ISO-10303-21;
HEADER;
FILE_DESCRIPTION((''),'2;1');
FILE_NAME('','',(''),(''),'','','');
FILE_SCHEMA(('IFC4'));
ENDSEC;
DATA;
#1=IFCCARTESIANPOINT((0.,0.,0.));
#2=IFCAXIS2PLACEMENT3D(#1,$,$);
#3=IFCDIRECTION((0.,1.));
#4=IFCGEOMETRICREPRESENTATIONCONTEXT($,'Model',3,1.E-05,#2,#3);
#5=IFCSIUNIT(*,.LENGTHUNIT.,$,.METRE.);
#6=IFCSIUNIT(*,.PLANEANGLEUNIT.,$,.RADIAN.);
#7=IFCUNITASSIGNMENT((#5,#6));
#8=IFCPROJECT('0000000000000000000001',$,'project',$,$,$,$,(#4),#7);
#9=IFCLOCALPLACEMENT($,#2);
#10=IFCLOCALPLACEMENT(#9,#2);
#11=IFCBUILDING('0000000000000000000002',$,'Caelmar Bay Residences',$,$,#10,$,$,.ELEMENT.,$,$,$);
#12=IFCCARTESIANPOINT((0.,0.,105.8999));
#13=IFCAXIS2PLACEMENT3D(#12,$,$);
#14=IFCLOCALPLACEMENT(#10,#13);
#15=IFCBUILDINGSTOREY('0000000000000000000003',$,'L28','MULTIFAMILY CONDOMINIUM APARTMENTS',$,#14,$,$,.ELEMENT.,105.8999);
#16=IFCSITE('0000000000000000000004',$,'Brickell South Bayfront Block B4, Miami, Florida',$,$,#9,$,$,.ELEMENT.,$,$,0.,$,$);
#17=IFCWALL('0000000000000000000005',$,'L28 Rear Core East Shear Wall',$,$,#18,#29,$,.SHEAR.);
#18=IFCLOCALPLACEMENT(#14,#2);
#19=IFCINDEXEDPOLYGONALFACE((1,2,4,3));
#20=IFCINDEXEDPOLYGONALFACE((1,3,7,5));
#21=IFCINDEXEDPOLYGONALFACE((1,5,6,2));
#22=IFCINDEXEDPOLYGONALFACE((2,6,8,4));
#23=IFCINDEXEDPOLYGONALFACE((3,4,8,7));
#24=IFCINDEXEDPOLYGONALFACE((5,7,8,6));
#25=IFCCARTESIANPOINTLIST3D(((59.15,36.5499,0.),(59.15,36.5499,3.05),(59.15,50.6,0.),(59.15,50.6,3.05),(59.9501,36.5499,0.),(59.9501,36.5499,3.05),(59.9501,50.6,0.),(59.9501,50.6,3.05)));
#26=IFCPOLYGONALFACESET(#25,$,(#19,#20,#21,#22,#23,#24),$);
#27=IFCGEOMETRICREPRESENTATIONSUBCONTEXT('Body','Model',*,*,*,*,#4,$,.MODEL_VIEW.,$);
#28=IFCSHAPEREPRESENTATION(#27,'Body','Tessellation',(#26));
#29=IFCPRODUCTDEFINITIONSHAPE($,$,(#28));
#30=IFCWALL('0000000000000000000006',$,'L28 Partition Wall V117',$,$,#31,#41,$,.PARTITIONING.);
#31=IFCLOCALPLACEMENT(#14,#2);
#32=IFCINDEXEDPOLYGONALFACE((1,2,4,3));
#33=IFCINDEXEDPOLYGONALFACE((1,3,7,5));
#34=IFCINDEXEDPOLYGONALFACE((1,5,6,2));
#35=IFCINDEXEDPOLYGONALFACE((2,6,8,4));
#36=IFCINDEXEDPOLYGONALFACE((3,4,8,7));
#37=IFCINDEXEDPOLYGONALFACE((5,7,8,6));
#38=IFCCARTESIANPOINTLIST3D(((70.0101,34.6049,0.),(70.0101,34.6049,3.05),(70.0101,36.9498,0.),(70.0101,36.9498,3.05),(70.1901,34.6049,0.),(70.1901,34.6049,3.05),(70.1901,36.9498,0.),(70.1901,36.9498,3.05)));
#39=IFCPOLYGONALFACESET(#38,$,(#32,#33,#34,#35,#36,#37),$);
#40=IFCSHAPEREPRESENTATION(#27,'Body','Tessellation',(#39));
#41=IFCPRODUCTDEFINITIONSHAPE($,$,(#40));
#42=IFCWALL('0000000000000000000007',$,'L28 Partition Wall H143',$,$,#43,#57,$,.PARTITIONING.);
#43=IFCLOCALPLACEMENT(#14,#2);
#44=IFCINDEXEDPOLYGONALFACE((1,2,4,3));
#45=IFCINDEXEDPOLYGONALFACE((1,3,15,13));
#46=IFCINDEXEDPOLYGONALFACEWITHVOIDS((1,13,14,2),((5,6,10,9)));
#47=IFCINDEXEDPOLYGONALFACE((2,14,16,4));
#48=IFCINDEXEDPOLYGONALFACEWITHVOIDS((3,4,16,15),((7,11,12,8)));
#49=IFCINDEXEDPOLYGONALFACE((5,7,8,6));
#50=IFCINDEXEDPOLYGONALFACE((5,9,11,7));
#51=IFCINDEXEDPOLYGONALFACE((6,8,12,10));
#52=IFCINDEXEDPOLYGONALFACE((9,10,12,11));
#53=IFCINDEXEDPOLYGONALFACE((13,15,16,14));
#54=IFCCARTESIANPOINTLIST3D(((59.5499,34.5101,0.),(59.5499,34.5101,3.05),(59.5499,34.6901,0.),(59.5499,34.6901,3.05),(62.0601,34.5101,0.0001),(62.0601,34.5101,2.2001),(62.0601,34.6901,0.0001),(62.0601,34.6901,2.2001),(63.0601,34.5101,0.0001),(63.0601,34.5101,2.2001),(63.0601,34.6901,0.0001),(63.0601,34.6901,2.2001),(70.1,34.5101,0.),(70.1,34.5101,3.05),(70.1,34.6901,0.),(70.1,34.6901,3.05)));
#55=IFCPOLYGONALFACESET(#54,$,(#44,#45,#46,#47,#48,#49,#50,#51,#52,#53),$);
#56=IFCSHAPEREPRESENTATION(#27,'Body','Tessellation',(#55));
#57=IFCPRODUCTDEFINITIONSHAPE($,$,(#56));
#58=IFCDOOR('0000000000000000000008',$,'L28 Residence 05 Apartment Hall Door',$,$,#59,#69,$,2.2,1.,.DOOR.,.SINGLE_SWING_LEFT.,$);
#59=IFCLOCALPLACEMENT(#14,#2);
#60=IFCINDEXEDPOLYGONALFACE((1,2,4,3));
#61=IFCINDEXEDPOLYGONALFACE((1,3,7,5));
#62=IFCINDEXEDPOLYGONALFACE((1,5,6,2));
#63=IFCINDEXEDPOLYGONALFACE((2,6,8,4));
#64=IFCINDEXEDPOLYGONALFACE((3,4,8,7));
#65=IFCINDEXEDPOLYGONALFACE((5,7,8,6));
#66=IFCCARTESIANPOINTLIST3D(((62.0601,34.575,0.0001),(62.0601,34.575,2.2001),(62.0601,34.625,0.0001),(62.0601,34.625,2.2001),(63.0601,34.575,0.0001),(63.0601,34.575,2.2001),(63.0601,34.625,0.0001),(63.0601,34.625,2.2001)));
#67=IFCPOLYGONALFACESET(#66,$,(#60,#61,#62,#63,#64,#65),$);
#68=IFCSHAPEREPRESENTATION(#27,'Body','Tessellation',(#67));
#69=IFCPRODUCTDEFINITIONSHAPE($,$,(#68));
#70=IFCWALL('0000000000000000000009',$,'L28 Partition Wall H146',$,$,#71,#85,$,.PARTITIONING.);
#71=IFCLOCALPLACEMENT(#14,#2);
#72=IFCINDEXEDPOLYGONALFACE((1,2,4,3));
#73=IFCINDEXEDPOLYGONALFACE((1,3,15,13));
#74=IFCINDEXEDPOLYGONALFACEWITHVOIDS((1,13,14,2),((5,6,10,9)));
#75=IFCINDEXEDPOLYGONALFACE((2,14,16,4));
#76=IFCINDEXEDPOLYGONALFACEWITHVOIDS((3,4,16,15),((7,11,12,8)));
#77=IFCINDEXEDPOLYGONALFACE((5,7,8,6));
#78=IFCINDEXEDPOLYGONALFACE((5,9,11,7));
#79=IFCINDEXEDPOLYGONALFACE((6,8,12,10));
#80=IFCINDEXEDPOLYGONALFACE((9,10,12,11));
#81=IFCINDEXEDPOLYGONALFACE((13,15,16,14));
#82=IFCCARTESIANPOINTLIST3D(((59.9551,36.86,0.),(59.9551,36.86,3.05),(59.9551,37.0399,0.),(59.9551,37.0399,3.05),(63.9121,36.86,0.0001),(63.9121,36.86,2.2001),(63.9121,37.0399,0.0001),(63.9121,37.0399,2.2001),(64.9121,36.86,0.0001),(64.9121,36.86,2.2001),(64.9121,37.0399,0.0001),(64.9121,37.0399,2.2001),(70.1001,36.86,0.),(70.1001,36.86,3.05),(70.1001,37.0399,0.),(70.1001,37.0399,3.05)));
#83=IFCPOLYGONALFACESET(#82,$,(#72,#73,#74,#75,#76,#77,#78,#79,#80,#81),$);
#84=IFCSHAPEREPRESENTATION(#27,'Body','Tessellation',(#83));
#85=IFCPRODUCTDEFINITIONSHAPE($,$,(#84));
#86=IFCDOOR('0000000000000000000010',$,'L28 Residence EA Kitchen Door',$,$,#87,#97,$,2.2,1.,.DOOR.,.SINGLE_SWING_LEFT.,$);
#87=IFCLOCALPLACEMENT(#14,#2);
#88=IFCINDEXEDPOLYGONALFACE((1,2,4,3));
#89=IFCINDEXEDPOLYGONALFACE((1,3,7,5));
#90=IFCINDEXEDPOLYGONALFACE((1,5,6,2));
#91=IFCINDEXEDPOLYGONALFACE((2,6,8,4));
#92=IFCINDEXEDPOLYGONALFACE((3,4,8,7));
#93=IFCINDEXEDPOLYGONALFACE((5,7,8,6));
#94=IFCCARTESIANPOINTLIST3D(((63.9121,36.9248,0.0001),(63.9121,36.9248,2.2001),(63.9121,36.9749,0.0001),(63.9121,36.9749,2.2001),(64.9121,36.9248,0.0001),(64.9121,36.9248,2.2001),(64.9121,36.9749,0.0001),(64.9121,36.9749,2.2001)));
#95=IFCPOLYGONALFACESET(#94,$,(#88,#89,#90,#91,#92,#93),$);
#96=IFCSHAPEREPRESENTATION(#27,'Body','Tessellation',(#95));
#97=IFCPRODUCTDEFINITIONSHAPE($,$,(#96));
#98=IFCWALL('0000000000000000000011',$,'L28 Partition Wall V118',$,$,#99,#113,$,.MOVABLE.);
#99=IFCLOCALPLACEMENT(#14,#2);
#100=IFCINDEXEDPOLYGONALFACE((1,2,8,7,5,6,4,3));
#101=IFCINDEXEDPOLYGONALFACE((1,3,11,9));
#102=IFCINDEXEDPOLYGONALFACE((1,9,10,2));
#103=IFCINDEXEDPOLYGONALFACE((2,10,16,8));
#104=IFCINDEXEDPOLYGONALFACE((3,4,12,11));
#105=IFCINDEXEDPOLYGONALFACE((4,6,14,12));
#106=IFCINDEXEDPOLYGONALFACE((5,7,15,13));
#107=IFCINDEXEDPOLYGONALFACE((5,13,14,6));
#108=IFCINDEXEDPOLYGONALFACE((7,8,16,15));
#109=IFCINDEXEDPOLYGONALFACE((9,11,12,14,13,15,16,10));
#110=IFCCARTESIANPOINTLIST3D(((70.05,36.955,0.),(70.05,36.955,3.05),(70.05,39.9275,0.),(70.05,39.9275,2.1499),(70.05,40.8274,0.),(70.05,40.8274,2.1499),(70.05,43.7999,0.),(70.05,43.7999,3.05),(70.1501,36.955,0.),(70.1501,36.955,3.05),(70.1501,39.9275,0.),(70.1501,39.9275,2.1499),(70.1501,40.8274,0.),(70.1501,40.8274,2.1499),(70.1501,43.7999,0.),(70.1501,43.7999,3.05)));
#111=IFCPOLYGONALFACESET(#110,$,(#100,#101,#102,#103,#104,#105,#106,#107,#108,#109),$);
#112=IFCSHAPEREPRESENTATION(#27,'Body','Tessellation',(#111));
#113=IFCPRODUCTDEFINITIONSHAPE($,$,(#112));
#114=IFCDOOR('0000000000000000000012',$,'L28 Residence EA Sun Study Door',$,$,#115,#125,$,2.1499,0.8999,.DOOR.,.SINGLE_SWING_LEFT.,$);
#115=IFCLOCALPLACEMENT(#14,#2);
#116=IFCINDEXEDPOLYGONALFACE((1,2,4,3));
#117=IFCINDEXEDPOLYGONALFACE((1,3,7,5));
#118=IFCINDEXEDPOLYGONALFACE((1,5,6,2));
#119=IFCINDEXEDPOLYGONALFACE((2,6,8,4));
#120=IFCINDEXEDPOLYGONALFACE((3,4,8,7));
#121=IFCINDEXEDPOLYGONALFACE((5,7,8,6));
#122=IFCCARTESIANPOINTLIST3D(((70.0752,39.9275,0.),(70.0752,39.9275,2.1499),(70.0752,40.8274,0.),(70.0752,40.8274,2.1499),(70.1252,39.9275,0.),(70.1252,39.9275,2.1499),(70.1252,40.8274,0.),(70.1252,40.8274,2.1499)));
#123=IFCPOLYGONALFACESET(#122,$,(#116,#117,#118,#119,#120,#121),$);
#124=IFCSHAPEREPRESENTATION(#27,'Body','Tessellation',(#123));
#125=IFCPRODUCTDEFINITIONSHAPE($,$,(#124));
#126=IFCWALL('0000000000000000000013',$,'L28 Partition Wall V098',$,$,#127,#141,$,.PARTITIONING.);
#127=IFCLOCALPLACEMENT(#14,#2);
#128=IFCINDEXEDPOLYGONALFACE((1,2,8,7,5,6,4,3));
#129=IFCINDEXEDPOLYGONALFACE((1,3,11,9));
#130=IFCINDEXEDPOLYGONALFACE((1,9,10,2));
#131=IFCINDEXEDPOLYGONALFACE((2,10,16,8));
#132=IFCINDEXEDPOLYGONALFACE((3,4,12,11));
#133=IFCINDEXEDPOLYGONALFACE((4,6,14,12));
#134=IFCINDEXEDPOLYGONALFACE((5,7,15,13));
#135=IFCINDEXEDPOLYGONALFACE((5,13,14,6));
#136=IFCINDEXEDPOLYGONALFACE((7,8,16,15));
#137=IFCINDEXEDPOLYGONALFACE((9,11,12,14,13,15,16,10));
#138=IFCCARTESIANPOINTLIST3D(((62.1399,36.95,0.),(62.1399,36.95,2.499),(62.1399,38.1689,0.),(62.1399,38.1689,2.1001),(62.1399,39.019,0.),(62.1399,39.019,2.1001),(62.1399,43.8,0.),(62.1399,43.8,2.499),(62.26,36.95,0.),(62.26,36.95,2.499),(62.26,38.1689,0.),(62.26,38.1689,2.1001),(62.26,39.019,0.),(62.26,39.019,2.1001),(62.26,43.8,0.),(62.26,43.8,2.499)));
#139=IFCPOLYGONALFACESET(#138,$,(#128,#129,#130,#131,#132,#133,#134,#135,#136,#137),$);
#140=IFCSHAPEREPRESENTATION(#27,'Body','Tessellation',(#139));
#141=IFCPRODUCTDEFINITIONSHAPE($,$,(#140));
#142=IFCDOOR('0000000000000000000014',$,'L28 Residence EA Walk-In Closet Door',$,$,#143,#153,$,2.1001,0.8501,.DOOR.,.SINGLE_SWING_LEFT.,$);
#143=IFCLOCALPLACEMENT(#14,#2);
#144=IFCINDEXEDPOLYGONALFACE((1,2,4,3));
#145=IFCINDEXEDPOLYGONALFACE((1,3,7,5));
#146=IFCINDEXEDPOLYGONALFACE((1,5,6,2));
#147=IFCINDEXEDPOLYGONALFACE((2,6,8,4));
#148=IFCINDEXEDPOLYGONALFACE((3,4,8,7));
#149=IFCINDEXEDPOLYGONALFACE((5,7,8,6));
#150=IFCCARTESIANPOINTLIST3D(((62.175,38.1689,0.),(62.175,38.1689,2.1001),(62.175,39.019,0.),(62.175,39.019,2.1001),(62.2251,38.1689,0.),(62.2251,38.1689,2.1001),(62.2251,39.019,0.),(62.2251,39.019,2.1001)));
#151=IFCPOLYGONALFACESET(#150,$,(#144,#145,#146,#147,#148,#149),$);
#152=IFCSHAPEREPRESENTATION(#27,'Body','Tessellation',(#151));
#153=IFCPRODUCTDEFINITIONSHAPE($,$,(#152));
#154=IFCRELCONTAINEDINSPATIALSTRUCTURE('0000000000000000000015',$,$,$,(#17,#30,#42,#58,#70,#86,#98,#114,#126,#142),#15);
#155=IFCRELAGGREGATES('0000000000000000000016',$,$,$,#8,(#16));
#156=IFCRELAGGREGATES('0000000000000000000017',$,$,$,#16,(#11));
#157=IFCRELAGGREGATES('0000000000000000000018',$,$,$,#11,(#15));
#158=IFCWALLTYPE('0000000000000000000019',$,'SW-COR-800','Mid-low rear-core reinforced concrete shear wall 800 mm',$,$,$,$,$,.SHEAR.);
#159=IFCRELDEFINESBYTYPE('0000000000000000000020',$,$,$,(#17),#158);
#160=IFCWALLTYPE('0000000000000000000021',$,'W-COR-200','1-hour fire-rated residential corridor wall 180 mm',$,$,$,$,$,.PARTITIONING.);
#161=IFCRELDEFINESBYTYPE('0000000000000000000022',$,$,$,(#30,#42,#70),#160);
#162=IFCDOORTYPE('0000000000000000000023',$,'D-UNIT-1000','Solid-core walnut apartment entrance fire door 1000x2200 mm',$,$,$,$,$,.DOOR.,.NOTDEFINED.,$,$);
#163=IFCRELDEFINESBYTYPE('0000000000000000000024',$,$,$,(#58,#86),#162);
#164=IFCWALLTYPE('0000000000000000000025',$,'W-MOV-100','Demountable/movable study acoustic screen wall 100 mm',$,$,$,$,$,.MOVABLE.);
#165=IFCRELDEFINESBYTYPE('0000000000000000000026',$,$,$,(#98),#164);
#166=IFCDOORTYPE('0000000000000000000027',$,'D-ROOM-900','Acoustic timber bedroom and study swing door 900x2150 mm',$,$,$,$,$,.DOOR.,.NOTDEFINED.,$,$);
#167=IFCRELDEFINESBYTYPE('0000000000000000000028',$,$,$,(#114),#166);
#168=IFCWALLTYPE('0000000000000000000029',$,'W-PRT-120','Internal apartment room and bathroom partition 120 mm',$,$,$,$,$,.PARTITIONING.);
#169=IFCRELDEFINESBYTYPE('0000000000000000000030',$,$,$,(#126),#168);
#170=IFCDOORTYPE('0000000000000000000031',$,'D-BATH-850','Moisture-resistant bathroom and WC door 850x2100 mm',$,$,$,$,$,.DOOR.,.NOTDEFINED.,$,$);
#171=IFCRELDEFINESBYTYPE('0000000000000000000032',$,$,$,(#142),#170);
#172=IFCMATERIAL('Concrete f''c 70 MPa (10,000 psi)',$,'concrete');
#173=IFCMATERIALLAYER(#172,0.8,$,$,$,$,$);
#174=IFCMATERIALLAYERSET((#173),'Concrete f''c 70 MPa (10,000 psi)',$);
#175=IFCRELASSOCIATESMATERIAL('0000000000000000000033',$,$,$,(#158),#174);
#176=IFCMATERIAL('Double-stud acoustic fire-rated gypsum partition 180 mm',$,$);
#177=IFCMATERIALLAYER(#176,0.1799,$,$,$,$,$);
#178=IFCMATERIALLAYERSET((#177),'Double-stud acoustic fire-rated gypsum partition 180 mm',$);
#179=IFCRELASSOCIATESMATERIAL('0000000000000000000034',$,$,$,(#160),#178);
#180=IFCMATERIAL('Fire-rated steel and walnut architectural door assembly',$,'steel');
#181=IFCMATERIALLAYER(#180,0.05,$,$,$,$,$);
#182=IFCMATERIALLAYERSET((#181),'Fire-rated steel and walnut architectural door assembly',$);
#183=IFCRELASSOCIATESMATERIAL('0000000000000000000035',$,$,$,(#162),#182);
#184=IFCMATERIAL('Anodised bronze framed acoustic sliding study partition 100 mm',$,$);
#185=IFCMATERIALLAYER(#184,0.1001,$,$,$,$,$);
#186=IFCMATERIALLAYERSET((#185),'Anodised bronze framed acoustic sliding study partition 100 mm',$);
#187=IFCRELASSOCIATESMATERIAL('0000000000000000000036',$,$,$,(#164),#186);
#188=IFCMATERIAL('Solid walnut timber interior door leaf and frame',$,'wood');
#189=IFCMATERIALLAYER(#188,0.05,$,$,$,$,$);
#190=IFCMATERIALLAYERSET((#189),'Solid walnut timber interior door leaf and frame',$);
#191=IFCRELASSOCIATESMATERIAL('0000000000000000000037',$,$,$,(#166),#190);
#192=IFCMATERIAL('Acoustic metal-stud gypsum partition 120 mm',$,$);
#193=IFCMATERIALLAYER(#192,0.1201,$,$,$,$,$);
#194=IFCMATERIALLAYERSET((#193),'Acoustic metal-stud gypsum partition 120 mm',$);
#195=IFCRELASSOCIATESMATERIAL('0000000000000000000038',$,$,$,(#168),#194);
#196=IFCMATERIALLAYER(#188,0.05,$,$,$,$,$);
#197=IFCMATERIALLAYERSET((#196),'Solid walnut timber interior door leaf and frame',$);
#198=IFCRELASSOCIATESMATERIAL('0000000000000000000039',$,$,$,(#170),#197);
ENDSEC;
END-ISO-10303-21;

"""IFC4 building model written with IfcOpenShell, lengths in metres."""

from ifc_helpers import new_model, si_unit, direction, frame, frame_2d, origin, place, context, subcontext, project, spatial, rectangle, extrude, material, layer, layer_set, type_object, element, fill, save


model = new_model("IFC4")

# Units and contexts
model_context = context("Model", 3, precision=1e-05, world=origin(), true_north=direction((0.0, 1.0)))
body_context = subcontext(model_context, "Body", "Model", "MODEL_VIEW")
ifc_project = project(units=[si_unit("LENGTHUNIT", "METRE"), si_unit("PLANEANGLEUNIT", "RADIAN")], contexts=[model_context])

# Site, building, storey
site_placement = place(None, origin())
site = spatial("IfcSite", under=ifc_project, at=site_placement, Name="Brickell South Bayfront Block B4, Miami, Florida", CompositionType="ELEMENT", RefElevation=0.0)
building_placement = place(site_placement, origin())
building = spatial("IfcBuilding", under=site, at=building_placement, Name="Caelmar Bay Residences", CompositionType="ELEMENT")
storey_placement = place(building_placement, frame((0.0, 0.0, 105.8999)))
storey = spatial("IfcBuildingStorey", under=building, at=storey_placement, Name="L28", Description="MULTIFAMILY CONDOMINIUM APARTMENTS", CompositionType="ELEMENT", Elevation=105.8999)

# Walls
ifc_material_1 = material(Name="Concrete f'c 70 MPa (10,000 psi)", Category="concrete")
ifc_layer_1 = layer(ifc_material_1, 0.8)
ifc_layer_set_1 = layer_set([ifc_layer_1], Name="Concrete f'c 70 MPa (10,000 psi)")
wall_type_1 = type_object("IfcWallType", Name="SW-COR-800", Description="Mid-low rear-core reinforced concrete shear wall 800 mm", PredefinedType="SHEAR", material=ifc_layer_set_1)
wall_1_placement = place(storey_placement, frame((59.55, 36.55, 0.0), z_axis=(0.0, 0.0, 1.0), x_axis=(0.0, 1.0, 0.0)))
element("IfcWall", 1, at=wall_1_placement, inside=storey, type_object=wall_type_1, Name="L28 Rear Core East Shear Wall", PredefinedType="SHEAR", context=body_context, shape_type="SweptSolid", body=[
    extrude(rectangle(XDim=14.05, YDim=0.8, at=frame_2d((7.0249, 0.0))), origin(), (0.0, 0.0, 1.0), 3.05),
])
ifc_material_2 = material(Name="Double-stud acoustic fire-rated gypsum partition 180 mm")
ifc_layer_2 = layer(ifc_material_2, 0.1799)
ifc_layer_set_2 = layer_set([ifc_layer_2], Name="Double-stud acoustic fire-rated gypsum partition 180 mm")
wall_type_2 = type_object("IfcWallType", Name="W-COR-200", Description="1-hour fire-rated residential corridor wall 180 mm", PredefinedType="PARTITIONING", material=ifc_layer_set_2)
wall_2_placement = place(storey_placement, frame((70.1001, 34.605, 0.0), z_axis=(0.0, 0.0, 1.0), x_axis=(0.0, 1.0, 0.0)))
element("IfcWall", 2, at=wall_2_placement, inside=storey, type_object=wall_type_2, Name="L28 Partition Wall V117", PredefinedType="PARTITIONING", context=body_context, shape_type="SweptSolid", body=[
    extrude(rectangle(XDim=2.345, YDim=0.1799, at=frame_2d((1.1724, 0.0))), origin(), (0.0, 0.0, 1.0), 3.05),
])

# Walls, openings, doors
wall_3_placement = place(storey_placement, frame((59.55, 34.6001, 0.0), z_axis=(0.0, 0.0, 1.0), x_axis=(1.0, 0.0, 0.0)))
wall_3 = element("IfcWall", 3, at=wall_3_placement, inside=storey, type_object=wall_type_2, Name="L28 Partition Wall H143", PredefinedType="PARTITIONING", context=body_context, shape_type="SweptSolid", body=[
    extrude(rectangle(XDim=10.55, YDim=0.1799, at=frame_2d((5.2749, 0.0))), origin(), (0.0, 0.0, 1.0), 3.05),
])
opening_1_placement = place(wall_3_placement, frame((2.51, 0.0, 0.0)))
opening_1 = element("IfcOpeningElement", 4, at=opening_1_placement, cuts=wall_3, PredefinedType="OPENING", context=body_context, shape_type="SweptSolid", body=[
    extrude(rectangle(XDim=1.0, YDim=2.2, at=frame_2d((0.5, 1.1001))), frame((0.0, 0.0999, 0.0), z_axis=(0.0, -1.0, 0.0), x_axis=(1.0, 0.0, 0.0)), (0.0, 0.0, 1.0), 0.2),
])
ifc_material_3 = material(Name="Fire-rated steel and walnut architectural door assembly", Category="steel")
ifc_layer_3 = layer(ifc_material_3, 0.05)
ifc_layer_set_3 = layer_set([ifc_layer_3], Name="Fire-rated steel and walnut architectural door assembly")
door_type_1 = type_object("IfcDoorType", Name="D-UNIT-1000", Description="Solid-core walnut apartment entrance fire door 1000x2200 mm", OperationType="NOTDEFINED", PredefinedType="DOOR", material=ifc_layer_set_3)
door_1_placement = place(opening_1_placement, origin())
door_1 = element("IfcDoor", 5, at=door_1_placement, inside=storey, type_object=door_type_1, Name="L28 Residence 05 Apartment Hall Door", OperationType="SINGLE_SWING_LEFT", OverallHeight=2.2, OverallWidth=1.0, PredefinedType="DOOR", context=body_context, shape_type="SweptSolid", body=[
    extrude(rectangle(XDim=1.0, YDim=2.2, at=frame_2d((0.5, 1.1001))), frame((0.0, 0.0249, 0.0), z_axis=(0.0, -1.0, 0.0), x_axis=(1.0, 0.0, 0.0)), (0.0, 0.0, 1.0), 0.05),
])
fill(opening_1, door_1)
wall_4_placement = place(storey_placement, frame((59.9551, 36.95, 0.0), z_axis=(0.0, 0.0, 1.0), x_axis=(1.0, 0.0, 0.0)))
wall_4 = element("IfcWall", 6, at=wall_4_placement, inside=storey, type_object=wall_type_2, Name="L28 Partition Wall H146", PredefinedType="PARTITIONING", context=body_context, shape_type="SweptSolid", body=[
    extrude(rectangle(XDim=10.145, YDim=0.1799, at=frame_2d((5.0725, 0.0))), origin(), (0.0, 0.0, 1.0), 3.05),
])
opening_2_placement = place(wall_4_placement, frame((3.957, 0.0, 0.0)))
opening_2 = element("IfcOpeningElement", 7, at=opening_2_placement, cuts=wall_4, PredefinedType="OPENING", context=body_context, shape_type="SweptSolid", body=[
    extrude(rectangle(XDim=1.0, YDim=2.2, at=frame_2d((0.5, 1.1001))), frame((0.0, 0.0999, 0.0), z_axis=(0.0, -1.0, 0.0), x_axis=(1.0, 0.0, 0.0)), (0.0, 0.0, 1.0), 0.2),
])
door_2_placement = place(opening_2_placement, origin())
door_2 = element("IfcDoor", 8, at=door_2_placement, inside=storey, type_object=door_type_1, Name="L28 Residence EA Kitchen Door", OperationType="SINGLE_SWING_LEFT", OverallHeight=2.2, OverallWidth=1.0, PredefinedType="DOOR", context=body_context, shape_type="SweptSolid", body=[
    extrude(rectangle(XDim=1.0, YDim=2.2, at=frame_2d((0.5, 1.1001))), frame((0.0, 0.0249, 0.0), z_axis=(0.0, -1.0, 0.0), x_axis=(1.0, 0.0, 0.0)), (0.0, 0.0, 1.0), 0.05),
])
fill(opening_2, door_2)
ifc_material_4 = material(Name="Anodised bronze framed acoustic sliding study partition 100 mm")
ifc_layer_4 = layer(ifc_material_4, 0.1001)
ifc_layer_set_4 = layer_set([ifc_layer_4], Name="Anodised bronze framed acoustic sliding study partition 100 mm")
wall_type_3 = type_object("IfcWallType", Name="W-MOV-100", Description="Demountable/movable study acoustic screen wall 100 mm", PredefinedType="MOVABLE", material=ifc_layer_set_4)
wall_5_placement = place(storey_placement, frame((70.1001, 36.9551, 0.0), z_axis=(0.0, 0.0, 1.0), x_axis=(0.0, 1.0, 0.0)))
wall_5 = element("IfcWall", 9, at=wall_5_placement, inside=storey, type_object=wall_type_3, Name="L28 Partition Wall V118", PredefinedType="MOVABLE", context=body_context, shape_type="SweptSolid", body=[
    extrude(rectangle(XDim=6.845, YDim=0.1001, at=frame_2d((3.4224, 0.0))), origin(), (0.0, 0.0, 1.0), 3.05),
])
opening_3_placement = place(wall_5_placement, frame((2.9724, 0.0, 0.0)))
opening_3 = element("IfcOpeningElement", 10, at=opening_3_placement, cuts=wall_5, PredefinedType="OPENING", context=body_context, shape_type="SweptSolid", body=[
    extrude(rectangle(XDim=0.8999, YDim=2.1499, at=frame_2d((0.45, 1.075))), frame((0.0, 0.0601, 0.0), z_axis=(0.0, -1.0, 0.0), x_axis=(1.0, 0.0, 0.0)), (0.0, 0.0, 1.0), 0.1201),
])
ifc_material_5 = material(Name="Solid walnut timber interior door leaf and frame", Category="wood")
ifc_layer_5 = layer(ifc_material_5, 0.05)
ifc_layer_set_5 = layer_set([ifc_layer_5], Name="Solid walnut timber interior door leaf and frame")
door_type_2 = type_object("IfcDoorType", Name="D-ROOM-900", Description="Acoustic timber bedroom and study swing door 900x2150 mm", OperationType="NOTDEFINED", PredefinedType="DOOR", material=ifc_layer_set_5)
door_3_placement = place(opening_3_placement, origin())
door_3 = element("IfcDoor", 11, at=door_3_placement, inside=storey, type_object=door_type_2, Name="L28 Residence EA Sun Study Door", OperationType="SINGLE_SWING_LEFT", OverallHeight=2.1499, OverallWidth=0.8999, PredefinedType="DOOR", context=body_context, shape_type="SweptSolid", body=[
    extrude(rectangle(XDim=0.8999, YDim=2.1499, at=frame_2d((0.45, 1.075))), frame((0.0, 0.0249, 0.0), z_axis=(0.0, -1.0, 0.0), x_axis=(1.0, 0.0, 0.0)), (0.0, 0.0, 1.0), 0.05),
])
fill(opening_3, door_3)
ifc_material_6 = material(Name="Acoustic metal-stud gypsum partition 120 mm")
ifc_layer_6 = layer(ifc_material_6, 0.1201)
ifc_layer_set_6 = layer_set([ifc_layer_6], Name="Acoustic metal-stud gypsum partition 120 mm")
wall_type_4 = type_object("IfcWallType", Name="W-PRT-120", Description="Internal apartment room and bathroom partition 120 mm", PredefinedType="PARTITIONING", material=ifc_layer_set_6)
wall_6_placement = place(storey_placement, frame((62.2, 36.95, 0.0), z_axis=(0.0, 0.0, 1.0), x_axis=(0.0, 1.0, 0.0)))
wall_6 = element("IfcWall", 12, at=wall_6_placement, inside=storey, type_object=wall_type_4, Name="L28 Partition Wall V098", PredefinedType="PARTITIONING", context=body_context, shape_type="SweptSolid", body=[
    extrude(rectangle(XDim=6.8501, YDim=0.1201, at=frame_2d((3.425, 0.0))), origin(), (0.0, 0.0, 1.0), 2.499),
])
opening_4_placement = place(wall_6_placement, frame((1.219, 0.0, 0.0)))
opening_4 = element("IfcOpeningElement", 13, at=opening_4_placement, cuts=wall_6, PredefinedType="OPENING", context=body_context, shape_type="SweptSolid", body=[
    extrude(rectangle(XDim=0.8501, YDim=2.1001, at=frame_2d((0.425, 1.05))), frame((0.0, 0.0701, 0.0), z_axis=(0.0, -1.0, 0.0), x_axis=(1.0, 0.0, 0.0)), (0.0, 0.0, 1.0), 0.1401),
])
ifc_layer_7 = layer(ifc_material_5, 0.05)
ifc_layer_set_7 = layer_set([ifc_layer_7], Name="Solid walnut timber interior door leaf and frame")
door_type_3 = type_object("IfcDoorType", Name="D-BATH-850", Description="Moisture-resistant bathroom and WC door 850x2100 mm", OperationType="NOTDEFINED", PredefinedType="DOOR", material=ifc_layer_set_7)
door_4_placement = place(opening_4_placement, origin())
door_4 = element("IfcDoor", 14, at=door_4_placement, inside=storey, type_object=door_type_3, Name="L28 Residence EA Walk-In Closet Door", OperationType="SINGLE_SWING_LEFT", OverallHeight=2.1001, OverallWidth=0.8501, PredefinedType="DOOR", context=body_context, shape_type="SweptSolid", body=[
    extrude(rectangle(XDim=0.8501, YDim=2.1001, at=frame_2d((0.425, 1.05))), frame((0.0, 0.0249, 0.0), z_axis=(0.0, -1.0, 0.0), x_axis=(1.0, 0.0, 0.0)), (0.0, 0.0, 1.0), 0.05),
])
fill(opening_4, door_4)

save(model, "model.ifc")
